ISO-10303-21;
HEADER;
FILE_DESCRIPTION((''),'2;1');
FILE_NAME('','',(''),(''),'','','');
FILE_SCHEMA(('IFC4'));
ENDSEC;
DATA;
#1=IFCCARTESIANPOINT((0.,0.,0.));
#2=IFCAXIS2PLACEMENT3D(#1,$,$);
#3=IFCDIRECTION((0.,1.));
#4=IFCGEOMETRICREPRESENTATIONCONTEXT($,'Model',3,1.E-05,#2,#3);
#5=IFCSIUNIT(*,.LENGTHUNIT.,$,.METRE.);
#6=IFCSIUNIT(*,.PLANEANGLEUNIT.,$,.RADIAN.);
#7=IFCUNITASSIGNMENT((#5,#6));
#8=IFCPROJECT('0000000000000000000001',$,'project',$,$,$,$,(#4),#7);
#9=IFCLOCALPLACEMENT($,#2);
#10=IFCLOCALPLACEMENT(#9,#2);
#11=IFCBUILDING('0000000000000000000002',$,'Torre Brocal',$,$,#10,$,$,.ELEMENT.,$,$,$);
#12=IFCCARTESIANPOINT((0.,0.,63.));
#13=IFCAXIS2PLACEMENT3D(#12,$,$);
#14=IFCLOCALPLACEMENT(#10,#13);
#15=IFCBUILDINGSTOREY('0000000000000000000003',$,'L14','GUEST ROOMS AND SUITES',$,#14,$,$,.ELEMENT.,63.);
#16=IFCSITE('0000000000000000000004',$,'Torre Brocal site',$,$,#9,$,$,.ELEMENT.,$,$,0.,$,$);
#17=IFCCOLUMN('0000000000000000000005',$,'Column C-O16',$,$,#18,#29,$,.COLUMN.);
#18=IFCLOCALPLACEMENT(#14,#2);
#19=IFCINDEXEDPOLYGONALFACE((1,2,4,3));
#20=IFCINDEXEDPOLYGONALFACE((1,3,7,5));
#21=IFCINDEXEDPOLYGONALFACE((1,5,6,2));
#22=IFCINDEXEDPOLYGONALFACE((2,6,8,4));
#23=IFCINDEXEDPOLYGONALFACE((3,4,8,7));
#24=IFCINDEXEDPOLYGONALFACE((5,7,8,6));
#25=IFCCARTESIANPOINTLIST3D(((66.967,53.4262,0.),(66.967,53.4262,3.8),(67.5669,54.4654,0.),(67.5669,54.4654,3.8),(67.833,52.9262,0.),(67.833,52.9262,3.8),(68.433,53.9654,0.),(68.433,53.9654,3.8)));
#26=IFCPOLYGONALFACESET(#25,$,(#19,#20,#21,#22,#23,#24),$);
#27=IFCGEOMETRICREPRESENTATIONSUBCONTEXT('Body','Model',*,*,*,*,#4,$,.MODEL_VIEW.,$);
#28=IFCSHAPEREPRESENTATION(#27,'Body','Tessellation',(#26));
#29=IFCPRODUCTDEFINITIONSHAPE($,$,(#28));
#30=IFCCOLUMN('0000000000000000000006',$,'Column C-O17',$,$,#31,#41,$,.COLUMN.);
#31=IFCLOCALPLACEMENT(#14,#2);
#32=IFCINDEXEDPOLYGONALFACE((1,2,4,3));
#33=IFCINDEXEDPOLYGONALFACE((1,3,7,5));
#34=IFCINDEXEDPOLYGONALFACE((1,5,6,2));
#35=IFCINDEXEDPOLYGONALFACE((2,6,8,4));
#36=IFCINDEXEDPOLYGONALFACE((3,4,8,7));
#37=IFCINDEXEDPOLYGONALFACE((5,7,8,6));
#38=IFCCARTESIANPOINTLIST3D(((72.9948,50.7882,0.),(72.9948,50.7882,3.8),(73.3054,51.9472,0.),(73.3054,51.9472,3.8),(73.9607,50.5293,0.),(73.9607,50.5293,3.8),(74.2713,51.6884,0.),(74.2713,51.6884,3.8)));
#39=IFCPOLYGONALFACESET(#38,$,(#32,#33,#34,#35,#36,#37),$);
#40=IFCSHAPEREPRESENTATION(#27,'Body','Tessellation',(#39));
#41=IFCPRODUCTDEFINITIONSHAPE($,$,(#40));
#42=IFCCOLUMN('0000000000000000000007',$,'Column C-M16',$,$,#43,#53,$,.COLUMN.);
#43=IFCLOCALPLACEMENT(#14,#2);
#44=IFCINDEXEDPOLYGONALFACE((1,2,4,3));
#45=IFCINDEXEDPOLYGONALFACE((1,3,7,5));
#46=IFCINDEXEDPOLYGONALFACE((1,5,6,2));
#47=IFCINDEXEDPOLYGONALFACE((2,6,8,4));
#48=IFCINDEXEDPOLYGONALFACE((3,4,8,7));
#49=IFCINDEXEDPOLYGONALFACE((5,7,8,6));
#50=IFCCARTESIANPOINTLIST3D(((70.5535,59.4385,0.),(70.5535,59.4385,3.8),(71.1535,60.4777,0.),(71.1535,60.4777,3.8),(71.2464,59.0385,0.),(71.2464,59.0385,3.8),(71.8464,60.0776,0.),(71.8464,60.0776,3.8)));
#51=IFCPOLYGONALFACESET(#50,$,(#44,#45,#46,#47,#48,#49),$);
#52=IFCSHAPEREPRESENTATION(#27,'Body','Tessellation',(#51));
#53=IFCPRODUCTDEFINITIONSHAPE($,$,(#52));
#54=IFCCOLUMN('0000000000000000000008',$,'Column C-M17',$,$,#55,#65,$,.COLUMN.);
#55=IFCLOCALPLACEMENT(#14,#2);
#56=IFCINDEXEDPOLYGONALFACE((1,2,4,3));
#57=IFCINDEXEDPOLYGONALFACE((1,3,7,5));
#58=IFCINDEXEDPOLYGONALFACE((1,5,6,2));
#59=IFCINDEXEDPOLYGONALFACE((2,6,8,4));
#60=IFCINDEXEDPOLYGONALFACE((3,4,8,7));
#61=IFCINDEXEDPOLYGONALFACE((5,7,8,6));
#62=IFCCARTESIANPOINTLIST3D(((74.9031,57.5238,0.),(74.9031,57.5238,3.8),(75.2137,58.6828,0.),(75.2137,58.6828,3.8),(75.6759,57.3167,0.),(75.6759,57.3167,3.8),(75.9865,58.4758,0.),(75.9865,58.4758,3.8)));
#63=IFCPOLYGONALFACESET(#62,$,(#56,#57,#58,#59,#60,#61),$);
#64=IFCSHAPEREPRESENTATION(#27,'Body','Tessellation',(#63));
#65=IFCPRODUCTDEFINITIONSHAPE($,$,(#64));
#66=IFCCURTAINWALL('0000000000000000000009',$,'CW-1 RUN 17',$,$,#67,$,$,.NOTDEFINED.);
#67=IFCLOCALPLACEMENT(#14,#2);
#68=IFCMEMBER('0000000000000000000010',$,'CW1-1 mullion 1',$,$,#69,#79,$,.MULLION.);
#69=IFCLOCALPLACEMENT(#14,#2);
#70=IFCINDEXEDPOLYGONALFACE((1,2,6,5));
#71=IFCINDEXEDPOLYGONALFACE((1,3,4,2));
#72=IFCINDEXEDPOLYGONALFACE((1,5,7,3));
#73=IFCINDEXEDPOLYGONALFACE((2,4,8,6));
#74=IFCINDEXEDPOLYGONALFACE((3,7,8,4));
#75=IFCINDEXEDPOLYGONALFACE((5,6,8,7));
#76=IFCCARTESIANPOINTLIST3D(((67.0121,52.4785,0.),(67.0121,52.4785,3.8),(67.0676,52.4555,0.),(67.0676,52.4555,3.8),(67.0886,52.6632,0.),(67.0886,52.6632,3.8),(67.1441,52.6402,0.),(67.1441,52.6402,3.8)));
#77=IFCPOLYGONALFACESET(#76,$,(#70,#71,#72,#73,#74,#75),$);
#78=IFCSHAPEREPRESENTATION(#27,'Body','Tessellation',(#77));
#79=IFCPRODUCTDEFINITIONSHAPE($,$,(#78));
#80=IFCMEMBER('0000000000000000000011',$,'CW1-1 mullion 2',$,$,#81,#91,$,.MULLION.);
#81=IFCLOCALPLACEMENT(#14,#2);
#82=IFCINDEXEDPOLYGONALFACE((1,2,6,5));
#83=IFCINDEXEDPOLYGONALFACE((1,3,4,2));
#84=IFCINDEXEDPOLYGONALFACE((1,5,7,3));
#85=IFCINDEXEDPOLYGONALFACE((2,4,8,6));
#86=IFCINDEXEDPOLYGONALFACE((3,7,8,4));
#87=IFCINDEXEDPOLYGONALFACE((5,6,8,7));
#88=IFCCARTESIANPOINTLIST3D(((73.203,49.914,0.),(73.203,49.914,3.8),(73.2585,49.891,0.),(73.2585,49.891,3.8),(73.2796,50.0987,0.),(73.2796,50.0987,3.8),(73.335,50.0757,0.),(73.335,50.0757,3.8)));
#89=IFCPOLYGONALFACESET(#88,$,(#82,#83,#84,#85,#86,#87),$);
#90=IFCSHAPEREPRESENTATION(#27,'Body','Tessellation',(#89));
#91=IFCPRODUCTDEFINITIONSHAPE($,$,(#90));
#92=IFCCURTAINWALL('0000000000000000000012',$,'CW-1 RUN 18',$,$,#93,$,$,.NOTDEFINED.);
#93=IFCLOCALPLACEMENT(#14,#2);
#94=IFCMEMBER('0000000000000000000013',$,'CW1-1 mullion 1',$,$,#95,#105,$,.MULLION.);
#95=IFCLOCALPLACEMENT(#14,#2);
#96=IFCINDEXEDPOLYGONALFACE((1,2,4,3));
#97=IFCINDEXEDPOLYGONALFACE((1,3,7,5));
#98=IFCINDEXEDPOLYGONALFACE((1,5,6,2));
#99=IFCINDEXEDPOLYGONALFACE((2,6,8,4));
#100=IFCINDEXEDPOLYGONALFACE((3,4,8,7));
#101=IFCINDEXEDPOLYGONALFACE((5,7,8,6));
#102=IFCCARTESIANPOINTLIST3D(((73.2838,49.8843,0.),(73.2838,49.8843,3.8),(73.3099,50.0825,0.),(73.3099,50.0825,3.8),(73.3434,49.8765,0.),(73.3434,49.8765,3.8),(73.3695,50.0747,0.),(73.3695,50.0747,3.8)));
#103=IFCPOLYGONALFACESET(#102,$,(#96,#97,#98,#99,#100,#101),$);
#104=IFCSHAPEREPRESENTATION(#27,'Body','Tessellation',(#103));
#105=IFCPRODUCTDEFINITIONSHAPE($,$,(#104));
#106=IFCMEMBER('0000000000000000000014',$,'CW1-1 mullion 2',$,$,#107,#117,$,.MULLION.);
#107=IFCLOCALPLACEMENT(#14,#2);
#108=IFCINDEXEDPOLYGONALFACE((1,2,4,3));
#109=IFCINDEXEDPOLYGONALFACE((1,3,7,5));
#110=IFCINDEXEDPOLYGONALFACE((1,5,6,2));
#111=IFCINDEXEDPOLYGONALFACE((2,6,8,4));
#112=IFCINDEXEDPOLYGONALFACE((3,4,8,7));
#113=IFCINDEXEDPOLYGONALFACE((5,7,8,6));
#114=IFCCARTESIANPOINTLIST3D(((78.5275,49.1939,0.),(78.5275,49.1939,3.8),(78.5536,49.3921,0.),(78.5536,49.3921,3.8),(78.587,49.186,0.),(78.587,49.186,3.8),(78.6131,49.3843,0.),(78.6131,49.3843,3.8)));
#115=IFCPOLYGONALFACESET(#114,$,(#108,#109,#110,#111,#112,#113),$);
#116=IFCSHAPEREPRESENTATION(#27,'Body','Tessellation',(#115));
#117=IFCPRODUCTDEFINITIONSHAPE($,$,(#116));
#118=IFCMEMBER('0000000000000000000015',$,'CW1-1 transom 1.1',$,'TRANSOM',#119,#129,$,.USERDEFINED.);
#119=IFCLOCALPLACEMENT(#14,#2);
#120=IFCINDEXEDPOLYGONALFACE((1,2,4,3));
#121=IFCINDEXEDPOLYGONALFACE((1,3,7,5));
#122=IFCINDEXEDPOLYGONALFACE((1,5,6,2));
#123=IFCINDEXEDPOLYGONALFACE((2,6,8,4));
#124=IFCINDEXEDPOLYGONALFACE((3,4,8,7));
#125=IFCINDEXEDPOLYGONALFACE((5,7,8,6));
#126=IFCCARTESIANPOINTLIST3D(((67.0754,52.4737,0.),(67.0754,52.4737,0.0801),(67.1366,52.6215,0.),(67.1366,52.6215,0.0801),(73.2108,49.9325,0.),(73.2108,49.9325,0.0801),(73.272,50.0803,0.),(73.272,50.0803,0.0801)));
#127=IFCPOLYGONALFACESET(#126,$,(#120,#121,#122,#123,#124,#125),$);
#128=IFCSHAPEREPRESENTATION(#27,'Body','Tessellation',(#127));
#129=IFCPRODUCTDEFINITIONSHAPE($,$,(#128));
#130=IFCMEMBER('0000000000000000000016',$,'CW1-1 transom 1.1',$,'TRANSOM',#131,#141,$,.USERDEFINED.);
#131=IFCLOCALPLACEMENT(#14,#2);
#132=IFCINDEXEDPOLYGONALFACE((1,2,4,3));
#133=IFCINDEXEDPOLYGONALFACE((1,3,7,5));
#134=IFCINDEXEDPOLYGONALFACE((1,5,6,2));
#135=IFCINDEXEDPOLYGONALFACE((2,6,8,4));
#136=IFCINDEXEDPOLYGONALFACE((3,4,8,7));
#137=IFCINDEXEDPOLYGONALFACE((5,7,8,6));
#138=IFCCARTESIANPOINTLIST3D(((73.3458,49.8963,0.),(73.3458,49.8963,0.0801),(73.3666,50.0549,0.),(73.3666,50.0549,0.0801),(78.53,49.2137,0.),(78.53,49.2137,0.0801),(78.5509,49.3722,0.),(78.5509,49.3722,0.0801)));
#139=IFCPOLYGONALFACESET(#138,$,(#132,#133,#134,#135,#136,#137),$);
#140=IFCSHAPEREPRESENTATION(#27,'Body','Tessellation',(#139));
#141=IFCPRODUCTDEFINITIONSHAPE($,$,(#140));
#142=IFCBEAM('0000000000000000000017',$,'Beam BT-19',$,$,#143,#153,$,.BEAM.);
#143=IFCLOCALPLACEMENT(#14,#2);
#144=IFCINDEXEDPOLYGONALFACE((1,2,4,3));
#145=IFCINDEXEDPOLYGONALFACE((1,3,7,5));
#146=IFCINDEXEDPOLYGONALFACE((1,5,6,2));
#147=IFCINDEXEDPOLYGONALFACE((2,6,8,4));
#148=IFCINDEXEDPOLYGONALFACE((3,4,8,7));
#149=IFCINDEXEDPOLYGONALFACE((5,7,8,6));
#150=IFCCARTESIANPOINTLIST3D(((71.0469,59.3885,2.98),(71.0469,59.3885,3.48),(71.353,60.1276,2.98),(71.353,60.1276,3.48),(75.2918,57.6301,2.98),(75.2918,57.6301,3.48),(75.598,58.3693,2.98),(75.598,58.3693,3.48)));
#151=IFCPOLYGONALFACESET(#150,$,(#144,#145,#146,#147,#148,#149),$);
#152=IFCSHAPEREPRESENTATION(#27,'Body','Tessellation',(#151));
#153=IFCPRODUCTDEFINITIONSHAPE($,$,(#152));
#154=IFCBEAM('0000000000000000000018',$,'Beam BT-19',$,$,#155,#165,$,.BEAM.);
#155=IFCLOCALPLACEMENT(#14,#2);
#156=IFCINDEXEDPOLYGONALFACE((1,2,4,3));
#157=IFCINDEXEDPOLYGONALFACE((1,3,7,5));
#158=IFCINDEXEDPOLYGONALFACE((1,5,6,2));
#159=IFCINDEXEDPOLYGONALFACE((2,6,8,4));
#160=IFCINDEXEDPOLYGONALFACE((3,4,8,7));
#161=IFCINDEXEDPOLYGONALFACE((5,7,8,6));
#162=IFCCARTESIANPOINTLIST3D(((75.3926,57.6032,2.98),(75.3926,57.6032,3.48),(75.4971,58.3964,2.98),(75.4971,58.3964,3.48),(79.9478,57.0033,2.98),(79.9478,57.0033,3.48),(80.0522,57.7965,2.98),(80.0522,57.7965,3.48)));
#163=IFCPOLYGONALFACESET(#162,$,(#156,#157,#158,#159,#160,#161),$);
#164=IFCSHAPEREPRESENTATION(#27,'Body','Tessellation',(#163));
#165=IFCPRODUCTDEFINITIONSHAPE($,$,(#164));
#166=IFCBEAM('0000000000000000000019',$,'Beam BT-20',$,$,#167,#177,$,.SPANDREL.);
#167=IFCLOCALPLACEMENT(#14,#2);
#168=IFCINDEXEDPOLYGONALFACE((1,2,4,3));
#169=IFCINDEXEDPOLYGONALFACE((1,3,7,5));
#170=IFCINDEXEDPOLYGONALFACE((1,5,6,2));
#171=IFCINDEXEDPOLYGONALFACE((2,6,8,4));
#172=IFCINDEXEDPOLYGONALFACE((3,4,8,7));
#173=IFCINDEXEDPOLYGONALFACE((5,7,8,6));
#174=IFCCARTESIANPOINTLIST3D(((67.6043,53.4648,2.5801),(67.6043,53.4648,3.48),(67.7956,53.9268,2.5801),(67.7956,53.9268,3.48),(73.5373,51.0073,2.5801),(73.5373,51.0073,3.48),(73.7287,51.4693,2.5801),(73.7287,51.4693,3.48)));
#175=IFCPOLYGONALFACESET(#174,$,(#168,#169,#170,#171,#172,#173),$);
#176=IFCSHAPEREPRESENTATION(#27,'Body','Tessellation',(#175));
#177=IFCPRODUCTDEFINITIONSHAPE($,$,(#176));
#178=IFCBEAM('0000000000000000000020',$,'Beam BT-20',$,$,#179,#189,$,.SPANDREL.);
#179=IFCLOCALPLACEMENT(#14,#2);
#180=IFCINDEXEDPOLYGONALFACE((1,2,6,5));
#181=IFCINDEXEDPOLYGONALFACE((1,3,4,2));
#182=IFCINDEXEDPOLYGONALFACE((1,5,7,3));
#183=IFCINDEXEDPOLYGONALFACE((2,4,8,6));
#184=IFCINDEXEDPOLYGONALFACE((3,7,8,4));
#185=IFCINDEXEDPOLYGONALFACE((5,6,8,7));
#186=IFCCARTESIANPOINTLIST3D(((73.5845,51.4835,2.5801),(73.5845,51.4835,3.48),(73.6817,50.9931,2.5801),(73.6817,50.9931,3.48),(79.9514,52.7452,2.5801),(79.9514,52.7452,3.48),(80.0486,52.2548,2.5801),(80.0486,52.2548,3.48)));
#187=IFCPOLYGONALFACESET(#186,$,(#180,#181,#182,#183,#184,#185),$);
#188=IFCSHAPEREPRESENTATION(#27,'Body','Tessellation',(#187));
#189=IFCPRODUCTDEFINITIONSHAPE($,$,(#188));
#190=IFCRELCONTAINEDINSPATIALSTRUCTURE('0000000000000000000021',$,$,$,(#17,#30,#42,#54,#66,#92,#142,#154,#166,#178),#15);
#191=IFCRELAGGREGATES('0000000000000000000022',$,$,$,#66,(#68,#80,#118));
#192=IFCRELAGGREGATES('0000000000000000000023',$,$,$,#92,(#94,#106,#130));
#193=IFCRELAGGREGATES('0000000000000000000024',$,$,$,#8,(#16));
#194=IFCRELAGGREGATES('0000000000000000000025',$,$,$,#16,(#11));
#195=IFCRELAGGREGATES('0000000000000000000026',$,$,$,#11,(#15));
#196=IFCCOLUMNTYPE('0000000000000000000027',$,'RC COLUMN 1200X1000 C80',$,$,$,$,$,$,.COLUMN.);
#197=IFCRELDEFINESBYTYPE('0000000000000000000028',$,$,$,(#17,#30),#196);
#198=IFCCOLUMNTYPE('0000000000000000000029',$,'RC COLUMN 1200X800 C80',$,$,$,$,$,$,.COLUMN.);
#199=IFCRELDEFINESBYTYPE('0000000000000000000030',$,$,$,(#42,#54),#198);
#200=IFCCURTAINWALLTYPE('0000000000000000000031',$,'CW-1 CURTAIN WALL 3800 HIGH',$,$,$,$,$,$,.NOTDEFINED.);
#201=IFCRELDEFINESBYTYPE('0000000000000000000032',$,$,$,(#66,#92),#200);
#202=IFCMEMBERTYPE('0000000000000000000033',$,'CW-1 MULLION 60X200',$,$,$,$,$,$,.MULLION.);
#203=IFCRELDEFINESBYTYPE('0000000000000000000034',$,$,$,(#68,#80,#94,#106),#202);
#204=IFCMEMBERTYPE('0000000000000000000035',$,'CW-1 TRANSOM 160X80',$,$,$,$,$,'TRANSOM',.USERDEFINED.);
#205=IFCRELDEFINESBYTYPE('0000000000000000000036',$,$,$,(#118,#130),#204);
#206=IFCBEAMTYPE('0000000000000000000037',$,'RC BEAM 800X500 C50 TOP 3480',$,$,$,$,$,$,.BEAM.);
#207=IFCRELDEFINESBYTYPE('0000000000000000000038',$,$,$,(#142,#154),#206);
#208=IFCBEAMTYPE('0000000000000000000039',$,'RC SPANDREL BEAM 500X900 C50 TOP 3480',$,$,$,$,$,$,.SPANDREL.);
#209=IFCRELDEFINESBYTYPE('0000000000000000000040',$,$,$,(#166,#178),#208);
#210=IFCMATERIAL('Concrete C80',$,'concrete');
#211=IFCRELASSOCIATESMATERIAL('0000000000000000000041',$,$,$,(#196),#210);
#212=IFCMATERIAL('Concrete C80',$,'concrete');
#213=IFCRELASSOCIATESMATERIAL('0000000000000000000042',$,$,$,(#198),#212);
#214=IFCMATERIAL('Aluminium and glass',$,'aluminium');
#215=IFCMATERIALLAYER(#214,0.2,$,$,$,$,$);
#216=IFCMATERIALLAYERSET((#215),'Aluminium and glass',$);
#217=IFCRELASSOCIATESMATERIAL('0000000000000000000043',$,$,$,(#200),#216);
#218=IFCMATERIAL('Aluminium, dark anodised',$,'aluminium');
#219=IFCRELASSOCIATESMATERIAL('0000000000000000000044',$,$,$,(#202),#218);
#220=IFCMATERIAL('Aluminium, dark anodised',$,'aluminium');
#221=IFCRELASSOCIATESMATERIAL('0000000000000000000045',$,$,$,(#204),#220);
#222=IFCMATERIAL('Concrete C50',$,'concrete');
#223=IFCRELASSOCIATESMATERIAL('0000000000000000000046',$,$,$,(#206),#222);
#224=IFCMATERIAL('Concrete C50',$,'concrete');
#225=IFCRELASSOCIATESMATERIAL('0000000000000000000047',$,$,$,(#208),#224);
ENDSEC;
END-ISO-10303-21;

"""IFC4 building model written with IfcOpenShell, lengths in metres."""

from ifc_helpers import new_model, si_unit, direction, frame, origin, origin_2d, place, context, subcontext, project, spatial, rectangle, extrude, material, layer, layer_set, material_profile, profile_set, type_object, element, aggregate, save


model = new_model("IFC4")

# Units and contexts
model_context = context("Model", 3, precision=1e-05, world=origin(), true_north=direction((0.0, 1.0)))
body_context = subcontext(model_context, "Body", "Model", "MODEL_VIEW")
ifc_project = project(units=[si_unit("LENGTHUNIT", "METRE"), si_unit("PLANEANGLEUNIT", "RADIAN")], contexts=[model_context])

# Site, building, storey
site_placement = place(None, origin())
site = spatial("IfcSite", under=ifc_project, at=site_placement, Name="Torre Brocal site", CompositionType="ELEMENT", RefElevation=0.0)
building_placement = place(site_placement, origin())
building = spatial("IfcBuilding", under=site, at=building_placement, Name="Torre Brocal", CompositionType="ELEMENT")
storey_placement = place(building_placement, frame((0.0, 0.0, 63.0)))
storey = spatial("IfcBuildingStorey", under=building, at=storey_placement, Name="L14", Description="GUEST ROOMS AND SUITES", CompositionType="ELEMENT", Elevation=63.0)

# Columns
ifc_material_1 = material(Name="Concrete C80", Category="concrete")
ifc_material_profile_1 = material_profile(ifc_material_1, rectangle(XDim=1.2, YDim=1.0, at=origin_2d()), Name="RC 1200X1000")
ifc_profile_set_1 = profile_set([ifc_material_profile_1], Name="Concrete C80")
column_type_1 = type_object("IfcColumnType", Name="RC COLUMN 1200X1000 C80", PredefinedType="COLUMN", material=ifc_profile_set_1)
for number, where, z_axis, x_axis, name in (
    (1, (67.7, 53.6958, 0.0), (0.0, 0.0, 1.0), (-0.5, -0.866025, 0.0), "Column C-O16"),
    (2, (73.6331, 51.2383, 0.0), (0.0, 0.0, 1.0), (-0.258819, -0.965926, 0.0), "Column C-O17"),
):
    element("IfcColumn", number, at=place(storey_placement, frame(where, z_axis=z_axis, x_axis=x_axis)), inside=storey, type_object=column_type_1, Name=name, PredefinedType="COLUMN", context=body_context, shape_type="SweptSolid", body=[
        extrude(rectangle(XDim=1.2, YDim=1.0, at=origin_2d()), origin(), (0.0, 0.0, 1.0), 3.8),
    ])
ifc_material_2 = material(Name="Concrete C80", Category="concrete")
ifc_material_profile_2 = material_profile(ifc_material_2, rectangle(XDim=1.2, YDim=0.8, at=origin_2d()), Name="RC 1200X800")
ifc_profile_set_2 = profile_set([ifc_material_profile_2], Name="Concrete C80")
column_type_2 = type_object("IfcColumnType", Name="RC COLUMN 1200X800 C80", PredefinedType="COLUMN", material=ifc_profile_set_2)
for number, where, z_axis, x_axis, name in (
    (3, (71.2, 59.7581, 0.0), (0.0, 0.0, 1.0), (-0.5, -0.866025, 0.0), "Column C-M16"),
    (4, (75.4448, 57.9998, 0.0), (0.0, 0.0, 1.0), (-0.258819, -0.965926, 0.0), "Column C-M17"),
):
    element("IfcColumn", number, at=place(storey_placement, frame(where, z_axis=z_axis, x_axis=x_axis)), inside=storey, type_object=column_type_2, Name=name, PredefinedType="COLUMN", context=body_context, shape_type="SweptSolid", body=[
        extrude(rectangle(XDim=1.2, YDim=0.8, at=origin_2d()), origin(), (0.0, 0.0, 1.0), 3.8),
    ])

# Curtain walls, members
ifc_material_3 = material(Name="Aluminium and glass", Category="aluminium")
ifc_layer_1 = layer(ifc_material_3, 0.2)
ifc_layer_set_1 = layer_set([ifc_layer_1], Name="Aluminium and glass")
curtain_wall_type = type_object("IfcCurtainWallType", Name="CW-1 CURTAIN WALL 3800 HIGH", PredefinedType="NOTDEFINED", material=ifc_layer_set_1)
curtain_wall_1_placement = place(storey_placement, origin())
curtain_wall_1 = element("IfcCurtainWall", 5, at=curtain_wall_1_placement, inside=storey, type_object=curtain_wall_type, Name="CW-1 RUN 17", PredefinedType="NOTDEFINED")
ifc_material_4 = material(Name="Aluminium, dark anodised", Category="aluminium")
ifc_material_profile_3 = material_profile(ifc_material_4, rectangle(XDim=0.2, YDim=0.0601, at=origin_2d()), Name="CW-1 MULLION 60X200")
ifc_profile_set_3 = profile_set([ifc_material_profile_3], Name="Aluminium, dark anodised")
member_type_1 = type_object("IfcMemberType", Name="CW-1 MULLION 60X200", PredefinedType="MULLION", material=ifc_profile_set_3)
member_1_placement = place(storey_placement, frame((67.0781, 52.5593, 0.0), z_axis=(0.0, 0.0, 1.0), x_axis=(0.382683, 0.92388, 0.0)))
member_1 = element("IfcMember", 6, at=member_1_placement, type_object=member_type_1, Name="CW1-1 mullion 1", PredefinedType="MULLION", context=body_context, shape_type="SweptSolid", body=[
    extrude(rectangle(XDim=0.2, YDim=0.0601, at=origin_2d()), origin(), (0.0, 0.0, 1.0), 3.8),
])
member_2_placement = place(storey_placement, frame((73.269, 49.9949, 0.0), z_axis=(0.0, 0.0, 1.0), x_axis=(0.382683, 0.92388, 0.0)))
member_2 = element("IfcMember", 7, at=member_2_placement, type_object=member_type_1, Name="CW1-1 mullion 2", PredefinedType="MULLION", context=body_context, shape_type="SweptSolid", body=[
    extrude(rectangle(XDim=0.2, YDim=0.0601, at=origin_2d()), origin(), (0.0, 0.0, 1.0), 3.8),
])
curtain_wall_2_placement = place(storey_placement, origin())
curtain_wall_2 = element("IfcCurtainWall", 8, at=curtain_wall_2_placement, inside=storey, type_object=curtain_wall_type, Name="CW-1 RUN 18", PredefinedType="NOTDEFINED")
member_3_placement = place(storey_placement, frame((73.3267, 49.9795, 0.0), z_axis=(0.0, 0.0, 1.0), x_axis=(0.130526, 0.991445, 0.0)))
member_3 = element("IfcMember", 9, at=member_3_placement, type_object=member_type_1, Name="CW1-1 mullion 1", PredefinedType="MULLION", context=body_context, shape_type="SweptSolid", body=[
    extrude(rectangle(XDim=0.2, YDim=0.0601, at=origin_2d()), origin(), (0.0, 0.0, 1.0), 3.8),
])
member_4_placement = place(storey_placement, frame((78.5703, 49.2891, 0.0), z_axis=(0.0, 0.0, 1.0), x_axis=(0.130526, 0.991445, 0.0)))
member_4 = element("IfcMember", 10, at=member_4_placement, type_object=member_type_1, Name="CW1-1 mullion 2", PredefinedType="MULLION", context=body_context, shape_type="SweptSolid", body=[
    extrude(rectangle(XDim=0.2, YDim=0.0601, at=origin_2d()), origin(), (0.0, 0.0, 1.0), 3.8),
])

# Members
ifc_material_5 = material(Name="Aluminium, dark anodised", Category="aluminium")
ifc_material_profile_4 = material_profile(ifc_material_5, rectangle(XDim=0.1599, YDim=0.0801, at=origin_2d()), Name="CW-1 TRANSOM 160X80")
ifc_profile_set_4 = profile_set([ifc_material_profile_4], Name="Aluminium, dark anodised")
member_type_2 = type_object("IfcMemberType", Name="CW-1 TRANSOM 160X80", ElementType="TRANSOM", PredefinedType="USERDEFINED", material=ifc_profile_set_4)
member_5_placement = place(storey_placement, frame((67.106, 52.5476, 0.04), z_axis=(0.923887, -0.382665, 0.0), x_axis=(0.382665, 0.923887, 0.0)))
member_5 = element("IfcMember", 11, at=member_5_placement, type_object=member_type_2, Name="CW1-1 transom 1.1", ObjectType="TRANSOM", PredefinedType="USERDEFINED", context=body_context, shape_type="SweptSolid", body=[
    extrude(rectangle(XDim=0.1599, YDim=0.0801, at=origin_2d()), origin(), (0.0, 0.0, 1.0), 6.6409),
])
member_6_placement = place(storey_placement, frame((73.3562, 49.9756, 0.04), z_axis=(0.991443, -0.130543, 0.0), x_axis=(0.130543, 0.991443, 0.0)))
member_6 = element("IfcMember", 12, at=member_6_placement, type_object=member_type_2, Name="CW1-1 transom 1.1", ObjectType="TRANSOM", PredefinedType="USERDEFINED", context=body_context, shape_type="SweptSolid", body=[
    extrude(rectangle(XDim=0.1599, YDim=0.0801, at=origin_2d()), origin(), (0.0, 0.0, 1.0), 5.229),
])

# Beams
ifc_material_6 = material(Name="Concrete C50", Category="concrete")
ifc_material_profile_5 = material_profile(ifc_material_6, rectangle(XDim=0.8, YDim=0.5, at=origin_2d()), Name="RC 800X500")
ifc_profile_set_5 = profile_set([ifc_material_profile_5], Name="Concrete C50")
beam_type_1 = type_object("IfcBeamType", Name="RC BEAM 800X500 C50 TOP 3480", PredefinedType="BEAM", material=ifc_profile_set_5)
beam_1_placement = place(storey_placement, frame((71.2, 59.7581, 3.23), z_axis=(0.923878, -0.382687, 0.0), x_axis=(0.382687, 0.923878, 0.0)))
element("IfcBeam", 13, at=beam_1_placement, inside=storey, type_object=beam_type_1, Name="Beam BT-19", PredefinedType="BEAM", context=body_context, shape_type="SweptSolid", body=[
    extrude(rectangle(XDim=0.8, YDim=0.5, at=origin_2d()), origin(), (0.0, 0.0, 1.0), 4.5947),
])
beam_2_placement = place(storey_placement, frame((75.4448, 57.9998, 3.23), z_axis=(0.991441, -0.130559, 0.0), x_axis=(0.130559, 0.991441, 0.0)))
element("IfcBeam", 14, at=beam_2_placement, inside=storey, type_object=beam_type_1, Name="Beam BT-19", PredefinedType="BEAM", context=body_context, shape_type="SweptSolid", body=[
    extrude(rectangle(XDim=0.8, YDim=0.5, at=origin_2d()), origin(), (0.0, 0.0, 1.0), 4.5945),
])
ifc_material_7 = material(Name="Concrete C50", Category="concrete")
ifc_material_profile_6 = material_profile(ifc_material_7, rectangle(XDim=0.5, YDim=0.8999, at=origin_2d()), Name="RC 500X900")
ifc_profile_set_6 = profile_set([ifc_material_profile_6], Name="Concrete C50")
beam_type_2 = type_object("IfcBeamType", Name="RC SPANDREL BEAM 500X900 C50 TOP 3480", PredefinedType="SPANDREL", material=ifc_profile_set_6)
beam_3_placement = place(storey_placement, frame((67.7, 53.6958, 3.03), z_axis=(0.923882, -0.382676, 0.0), x_axis=(0.382676, 0.923882, 0.0)))
element("IfcBeam", 15, at=beam_3_placement, inside=storey, type_object=beam_type_2, Name="Beam BT-20", PredefinedType="SPANDREL", context=body_context, shape_type="SweptSolid", body=[
    extrude(rectangle(XDim=0.5, YDim=0.8999, at=origin_2d()), origin(), (0.0, 0.0, 1.0), 6.4219),
])
beam_4_placement = place(storey_placement, frame((73.6331, 51.2383, 3.03), z_axis=(0.980925, 0.194387, 0.0), x_axis=(-0.194387, 0.980925, 0.0)))
element("IfcBeam", 16, at=beam_4_placement, inside=storey, type_object=beam_type_2, Name="Beam BT-20", PredefinedType="SPANDREL", context=body_context, shape_type="SweptSolid", body=[
    extrude(rectangle(XDim=0.5, YDim=0.8999, at=origin_2d()), origin(), (0.0, 0.0, 1.0), 6.4907),
])

aggregate(curtain_wall_1, [member_1, member_2, member_5])
aggregate(curtain_wall_2, [member_3, member_4, member_6])

save(model, "model.ifc")
